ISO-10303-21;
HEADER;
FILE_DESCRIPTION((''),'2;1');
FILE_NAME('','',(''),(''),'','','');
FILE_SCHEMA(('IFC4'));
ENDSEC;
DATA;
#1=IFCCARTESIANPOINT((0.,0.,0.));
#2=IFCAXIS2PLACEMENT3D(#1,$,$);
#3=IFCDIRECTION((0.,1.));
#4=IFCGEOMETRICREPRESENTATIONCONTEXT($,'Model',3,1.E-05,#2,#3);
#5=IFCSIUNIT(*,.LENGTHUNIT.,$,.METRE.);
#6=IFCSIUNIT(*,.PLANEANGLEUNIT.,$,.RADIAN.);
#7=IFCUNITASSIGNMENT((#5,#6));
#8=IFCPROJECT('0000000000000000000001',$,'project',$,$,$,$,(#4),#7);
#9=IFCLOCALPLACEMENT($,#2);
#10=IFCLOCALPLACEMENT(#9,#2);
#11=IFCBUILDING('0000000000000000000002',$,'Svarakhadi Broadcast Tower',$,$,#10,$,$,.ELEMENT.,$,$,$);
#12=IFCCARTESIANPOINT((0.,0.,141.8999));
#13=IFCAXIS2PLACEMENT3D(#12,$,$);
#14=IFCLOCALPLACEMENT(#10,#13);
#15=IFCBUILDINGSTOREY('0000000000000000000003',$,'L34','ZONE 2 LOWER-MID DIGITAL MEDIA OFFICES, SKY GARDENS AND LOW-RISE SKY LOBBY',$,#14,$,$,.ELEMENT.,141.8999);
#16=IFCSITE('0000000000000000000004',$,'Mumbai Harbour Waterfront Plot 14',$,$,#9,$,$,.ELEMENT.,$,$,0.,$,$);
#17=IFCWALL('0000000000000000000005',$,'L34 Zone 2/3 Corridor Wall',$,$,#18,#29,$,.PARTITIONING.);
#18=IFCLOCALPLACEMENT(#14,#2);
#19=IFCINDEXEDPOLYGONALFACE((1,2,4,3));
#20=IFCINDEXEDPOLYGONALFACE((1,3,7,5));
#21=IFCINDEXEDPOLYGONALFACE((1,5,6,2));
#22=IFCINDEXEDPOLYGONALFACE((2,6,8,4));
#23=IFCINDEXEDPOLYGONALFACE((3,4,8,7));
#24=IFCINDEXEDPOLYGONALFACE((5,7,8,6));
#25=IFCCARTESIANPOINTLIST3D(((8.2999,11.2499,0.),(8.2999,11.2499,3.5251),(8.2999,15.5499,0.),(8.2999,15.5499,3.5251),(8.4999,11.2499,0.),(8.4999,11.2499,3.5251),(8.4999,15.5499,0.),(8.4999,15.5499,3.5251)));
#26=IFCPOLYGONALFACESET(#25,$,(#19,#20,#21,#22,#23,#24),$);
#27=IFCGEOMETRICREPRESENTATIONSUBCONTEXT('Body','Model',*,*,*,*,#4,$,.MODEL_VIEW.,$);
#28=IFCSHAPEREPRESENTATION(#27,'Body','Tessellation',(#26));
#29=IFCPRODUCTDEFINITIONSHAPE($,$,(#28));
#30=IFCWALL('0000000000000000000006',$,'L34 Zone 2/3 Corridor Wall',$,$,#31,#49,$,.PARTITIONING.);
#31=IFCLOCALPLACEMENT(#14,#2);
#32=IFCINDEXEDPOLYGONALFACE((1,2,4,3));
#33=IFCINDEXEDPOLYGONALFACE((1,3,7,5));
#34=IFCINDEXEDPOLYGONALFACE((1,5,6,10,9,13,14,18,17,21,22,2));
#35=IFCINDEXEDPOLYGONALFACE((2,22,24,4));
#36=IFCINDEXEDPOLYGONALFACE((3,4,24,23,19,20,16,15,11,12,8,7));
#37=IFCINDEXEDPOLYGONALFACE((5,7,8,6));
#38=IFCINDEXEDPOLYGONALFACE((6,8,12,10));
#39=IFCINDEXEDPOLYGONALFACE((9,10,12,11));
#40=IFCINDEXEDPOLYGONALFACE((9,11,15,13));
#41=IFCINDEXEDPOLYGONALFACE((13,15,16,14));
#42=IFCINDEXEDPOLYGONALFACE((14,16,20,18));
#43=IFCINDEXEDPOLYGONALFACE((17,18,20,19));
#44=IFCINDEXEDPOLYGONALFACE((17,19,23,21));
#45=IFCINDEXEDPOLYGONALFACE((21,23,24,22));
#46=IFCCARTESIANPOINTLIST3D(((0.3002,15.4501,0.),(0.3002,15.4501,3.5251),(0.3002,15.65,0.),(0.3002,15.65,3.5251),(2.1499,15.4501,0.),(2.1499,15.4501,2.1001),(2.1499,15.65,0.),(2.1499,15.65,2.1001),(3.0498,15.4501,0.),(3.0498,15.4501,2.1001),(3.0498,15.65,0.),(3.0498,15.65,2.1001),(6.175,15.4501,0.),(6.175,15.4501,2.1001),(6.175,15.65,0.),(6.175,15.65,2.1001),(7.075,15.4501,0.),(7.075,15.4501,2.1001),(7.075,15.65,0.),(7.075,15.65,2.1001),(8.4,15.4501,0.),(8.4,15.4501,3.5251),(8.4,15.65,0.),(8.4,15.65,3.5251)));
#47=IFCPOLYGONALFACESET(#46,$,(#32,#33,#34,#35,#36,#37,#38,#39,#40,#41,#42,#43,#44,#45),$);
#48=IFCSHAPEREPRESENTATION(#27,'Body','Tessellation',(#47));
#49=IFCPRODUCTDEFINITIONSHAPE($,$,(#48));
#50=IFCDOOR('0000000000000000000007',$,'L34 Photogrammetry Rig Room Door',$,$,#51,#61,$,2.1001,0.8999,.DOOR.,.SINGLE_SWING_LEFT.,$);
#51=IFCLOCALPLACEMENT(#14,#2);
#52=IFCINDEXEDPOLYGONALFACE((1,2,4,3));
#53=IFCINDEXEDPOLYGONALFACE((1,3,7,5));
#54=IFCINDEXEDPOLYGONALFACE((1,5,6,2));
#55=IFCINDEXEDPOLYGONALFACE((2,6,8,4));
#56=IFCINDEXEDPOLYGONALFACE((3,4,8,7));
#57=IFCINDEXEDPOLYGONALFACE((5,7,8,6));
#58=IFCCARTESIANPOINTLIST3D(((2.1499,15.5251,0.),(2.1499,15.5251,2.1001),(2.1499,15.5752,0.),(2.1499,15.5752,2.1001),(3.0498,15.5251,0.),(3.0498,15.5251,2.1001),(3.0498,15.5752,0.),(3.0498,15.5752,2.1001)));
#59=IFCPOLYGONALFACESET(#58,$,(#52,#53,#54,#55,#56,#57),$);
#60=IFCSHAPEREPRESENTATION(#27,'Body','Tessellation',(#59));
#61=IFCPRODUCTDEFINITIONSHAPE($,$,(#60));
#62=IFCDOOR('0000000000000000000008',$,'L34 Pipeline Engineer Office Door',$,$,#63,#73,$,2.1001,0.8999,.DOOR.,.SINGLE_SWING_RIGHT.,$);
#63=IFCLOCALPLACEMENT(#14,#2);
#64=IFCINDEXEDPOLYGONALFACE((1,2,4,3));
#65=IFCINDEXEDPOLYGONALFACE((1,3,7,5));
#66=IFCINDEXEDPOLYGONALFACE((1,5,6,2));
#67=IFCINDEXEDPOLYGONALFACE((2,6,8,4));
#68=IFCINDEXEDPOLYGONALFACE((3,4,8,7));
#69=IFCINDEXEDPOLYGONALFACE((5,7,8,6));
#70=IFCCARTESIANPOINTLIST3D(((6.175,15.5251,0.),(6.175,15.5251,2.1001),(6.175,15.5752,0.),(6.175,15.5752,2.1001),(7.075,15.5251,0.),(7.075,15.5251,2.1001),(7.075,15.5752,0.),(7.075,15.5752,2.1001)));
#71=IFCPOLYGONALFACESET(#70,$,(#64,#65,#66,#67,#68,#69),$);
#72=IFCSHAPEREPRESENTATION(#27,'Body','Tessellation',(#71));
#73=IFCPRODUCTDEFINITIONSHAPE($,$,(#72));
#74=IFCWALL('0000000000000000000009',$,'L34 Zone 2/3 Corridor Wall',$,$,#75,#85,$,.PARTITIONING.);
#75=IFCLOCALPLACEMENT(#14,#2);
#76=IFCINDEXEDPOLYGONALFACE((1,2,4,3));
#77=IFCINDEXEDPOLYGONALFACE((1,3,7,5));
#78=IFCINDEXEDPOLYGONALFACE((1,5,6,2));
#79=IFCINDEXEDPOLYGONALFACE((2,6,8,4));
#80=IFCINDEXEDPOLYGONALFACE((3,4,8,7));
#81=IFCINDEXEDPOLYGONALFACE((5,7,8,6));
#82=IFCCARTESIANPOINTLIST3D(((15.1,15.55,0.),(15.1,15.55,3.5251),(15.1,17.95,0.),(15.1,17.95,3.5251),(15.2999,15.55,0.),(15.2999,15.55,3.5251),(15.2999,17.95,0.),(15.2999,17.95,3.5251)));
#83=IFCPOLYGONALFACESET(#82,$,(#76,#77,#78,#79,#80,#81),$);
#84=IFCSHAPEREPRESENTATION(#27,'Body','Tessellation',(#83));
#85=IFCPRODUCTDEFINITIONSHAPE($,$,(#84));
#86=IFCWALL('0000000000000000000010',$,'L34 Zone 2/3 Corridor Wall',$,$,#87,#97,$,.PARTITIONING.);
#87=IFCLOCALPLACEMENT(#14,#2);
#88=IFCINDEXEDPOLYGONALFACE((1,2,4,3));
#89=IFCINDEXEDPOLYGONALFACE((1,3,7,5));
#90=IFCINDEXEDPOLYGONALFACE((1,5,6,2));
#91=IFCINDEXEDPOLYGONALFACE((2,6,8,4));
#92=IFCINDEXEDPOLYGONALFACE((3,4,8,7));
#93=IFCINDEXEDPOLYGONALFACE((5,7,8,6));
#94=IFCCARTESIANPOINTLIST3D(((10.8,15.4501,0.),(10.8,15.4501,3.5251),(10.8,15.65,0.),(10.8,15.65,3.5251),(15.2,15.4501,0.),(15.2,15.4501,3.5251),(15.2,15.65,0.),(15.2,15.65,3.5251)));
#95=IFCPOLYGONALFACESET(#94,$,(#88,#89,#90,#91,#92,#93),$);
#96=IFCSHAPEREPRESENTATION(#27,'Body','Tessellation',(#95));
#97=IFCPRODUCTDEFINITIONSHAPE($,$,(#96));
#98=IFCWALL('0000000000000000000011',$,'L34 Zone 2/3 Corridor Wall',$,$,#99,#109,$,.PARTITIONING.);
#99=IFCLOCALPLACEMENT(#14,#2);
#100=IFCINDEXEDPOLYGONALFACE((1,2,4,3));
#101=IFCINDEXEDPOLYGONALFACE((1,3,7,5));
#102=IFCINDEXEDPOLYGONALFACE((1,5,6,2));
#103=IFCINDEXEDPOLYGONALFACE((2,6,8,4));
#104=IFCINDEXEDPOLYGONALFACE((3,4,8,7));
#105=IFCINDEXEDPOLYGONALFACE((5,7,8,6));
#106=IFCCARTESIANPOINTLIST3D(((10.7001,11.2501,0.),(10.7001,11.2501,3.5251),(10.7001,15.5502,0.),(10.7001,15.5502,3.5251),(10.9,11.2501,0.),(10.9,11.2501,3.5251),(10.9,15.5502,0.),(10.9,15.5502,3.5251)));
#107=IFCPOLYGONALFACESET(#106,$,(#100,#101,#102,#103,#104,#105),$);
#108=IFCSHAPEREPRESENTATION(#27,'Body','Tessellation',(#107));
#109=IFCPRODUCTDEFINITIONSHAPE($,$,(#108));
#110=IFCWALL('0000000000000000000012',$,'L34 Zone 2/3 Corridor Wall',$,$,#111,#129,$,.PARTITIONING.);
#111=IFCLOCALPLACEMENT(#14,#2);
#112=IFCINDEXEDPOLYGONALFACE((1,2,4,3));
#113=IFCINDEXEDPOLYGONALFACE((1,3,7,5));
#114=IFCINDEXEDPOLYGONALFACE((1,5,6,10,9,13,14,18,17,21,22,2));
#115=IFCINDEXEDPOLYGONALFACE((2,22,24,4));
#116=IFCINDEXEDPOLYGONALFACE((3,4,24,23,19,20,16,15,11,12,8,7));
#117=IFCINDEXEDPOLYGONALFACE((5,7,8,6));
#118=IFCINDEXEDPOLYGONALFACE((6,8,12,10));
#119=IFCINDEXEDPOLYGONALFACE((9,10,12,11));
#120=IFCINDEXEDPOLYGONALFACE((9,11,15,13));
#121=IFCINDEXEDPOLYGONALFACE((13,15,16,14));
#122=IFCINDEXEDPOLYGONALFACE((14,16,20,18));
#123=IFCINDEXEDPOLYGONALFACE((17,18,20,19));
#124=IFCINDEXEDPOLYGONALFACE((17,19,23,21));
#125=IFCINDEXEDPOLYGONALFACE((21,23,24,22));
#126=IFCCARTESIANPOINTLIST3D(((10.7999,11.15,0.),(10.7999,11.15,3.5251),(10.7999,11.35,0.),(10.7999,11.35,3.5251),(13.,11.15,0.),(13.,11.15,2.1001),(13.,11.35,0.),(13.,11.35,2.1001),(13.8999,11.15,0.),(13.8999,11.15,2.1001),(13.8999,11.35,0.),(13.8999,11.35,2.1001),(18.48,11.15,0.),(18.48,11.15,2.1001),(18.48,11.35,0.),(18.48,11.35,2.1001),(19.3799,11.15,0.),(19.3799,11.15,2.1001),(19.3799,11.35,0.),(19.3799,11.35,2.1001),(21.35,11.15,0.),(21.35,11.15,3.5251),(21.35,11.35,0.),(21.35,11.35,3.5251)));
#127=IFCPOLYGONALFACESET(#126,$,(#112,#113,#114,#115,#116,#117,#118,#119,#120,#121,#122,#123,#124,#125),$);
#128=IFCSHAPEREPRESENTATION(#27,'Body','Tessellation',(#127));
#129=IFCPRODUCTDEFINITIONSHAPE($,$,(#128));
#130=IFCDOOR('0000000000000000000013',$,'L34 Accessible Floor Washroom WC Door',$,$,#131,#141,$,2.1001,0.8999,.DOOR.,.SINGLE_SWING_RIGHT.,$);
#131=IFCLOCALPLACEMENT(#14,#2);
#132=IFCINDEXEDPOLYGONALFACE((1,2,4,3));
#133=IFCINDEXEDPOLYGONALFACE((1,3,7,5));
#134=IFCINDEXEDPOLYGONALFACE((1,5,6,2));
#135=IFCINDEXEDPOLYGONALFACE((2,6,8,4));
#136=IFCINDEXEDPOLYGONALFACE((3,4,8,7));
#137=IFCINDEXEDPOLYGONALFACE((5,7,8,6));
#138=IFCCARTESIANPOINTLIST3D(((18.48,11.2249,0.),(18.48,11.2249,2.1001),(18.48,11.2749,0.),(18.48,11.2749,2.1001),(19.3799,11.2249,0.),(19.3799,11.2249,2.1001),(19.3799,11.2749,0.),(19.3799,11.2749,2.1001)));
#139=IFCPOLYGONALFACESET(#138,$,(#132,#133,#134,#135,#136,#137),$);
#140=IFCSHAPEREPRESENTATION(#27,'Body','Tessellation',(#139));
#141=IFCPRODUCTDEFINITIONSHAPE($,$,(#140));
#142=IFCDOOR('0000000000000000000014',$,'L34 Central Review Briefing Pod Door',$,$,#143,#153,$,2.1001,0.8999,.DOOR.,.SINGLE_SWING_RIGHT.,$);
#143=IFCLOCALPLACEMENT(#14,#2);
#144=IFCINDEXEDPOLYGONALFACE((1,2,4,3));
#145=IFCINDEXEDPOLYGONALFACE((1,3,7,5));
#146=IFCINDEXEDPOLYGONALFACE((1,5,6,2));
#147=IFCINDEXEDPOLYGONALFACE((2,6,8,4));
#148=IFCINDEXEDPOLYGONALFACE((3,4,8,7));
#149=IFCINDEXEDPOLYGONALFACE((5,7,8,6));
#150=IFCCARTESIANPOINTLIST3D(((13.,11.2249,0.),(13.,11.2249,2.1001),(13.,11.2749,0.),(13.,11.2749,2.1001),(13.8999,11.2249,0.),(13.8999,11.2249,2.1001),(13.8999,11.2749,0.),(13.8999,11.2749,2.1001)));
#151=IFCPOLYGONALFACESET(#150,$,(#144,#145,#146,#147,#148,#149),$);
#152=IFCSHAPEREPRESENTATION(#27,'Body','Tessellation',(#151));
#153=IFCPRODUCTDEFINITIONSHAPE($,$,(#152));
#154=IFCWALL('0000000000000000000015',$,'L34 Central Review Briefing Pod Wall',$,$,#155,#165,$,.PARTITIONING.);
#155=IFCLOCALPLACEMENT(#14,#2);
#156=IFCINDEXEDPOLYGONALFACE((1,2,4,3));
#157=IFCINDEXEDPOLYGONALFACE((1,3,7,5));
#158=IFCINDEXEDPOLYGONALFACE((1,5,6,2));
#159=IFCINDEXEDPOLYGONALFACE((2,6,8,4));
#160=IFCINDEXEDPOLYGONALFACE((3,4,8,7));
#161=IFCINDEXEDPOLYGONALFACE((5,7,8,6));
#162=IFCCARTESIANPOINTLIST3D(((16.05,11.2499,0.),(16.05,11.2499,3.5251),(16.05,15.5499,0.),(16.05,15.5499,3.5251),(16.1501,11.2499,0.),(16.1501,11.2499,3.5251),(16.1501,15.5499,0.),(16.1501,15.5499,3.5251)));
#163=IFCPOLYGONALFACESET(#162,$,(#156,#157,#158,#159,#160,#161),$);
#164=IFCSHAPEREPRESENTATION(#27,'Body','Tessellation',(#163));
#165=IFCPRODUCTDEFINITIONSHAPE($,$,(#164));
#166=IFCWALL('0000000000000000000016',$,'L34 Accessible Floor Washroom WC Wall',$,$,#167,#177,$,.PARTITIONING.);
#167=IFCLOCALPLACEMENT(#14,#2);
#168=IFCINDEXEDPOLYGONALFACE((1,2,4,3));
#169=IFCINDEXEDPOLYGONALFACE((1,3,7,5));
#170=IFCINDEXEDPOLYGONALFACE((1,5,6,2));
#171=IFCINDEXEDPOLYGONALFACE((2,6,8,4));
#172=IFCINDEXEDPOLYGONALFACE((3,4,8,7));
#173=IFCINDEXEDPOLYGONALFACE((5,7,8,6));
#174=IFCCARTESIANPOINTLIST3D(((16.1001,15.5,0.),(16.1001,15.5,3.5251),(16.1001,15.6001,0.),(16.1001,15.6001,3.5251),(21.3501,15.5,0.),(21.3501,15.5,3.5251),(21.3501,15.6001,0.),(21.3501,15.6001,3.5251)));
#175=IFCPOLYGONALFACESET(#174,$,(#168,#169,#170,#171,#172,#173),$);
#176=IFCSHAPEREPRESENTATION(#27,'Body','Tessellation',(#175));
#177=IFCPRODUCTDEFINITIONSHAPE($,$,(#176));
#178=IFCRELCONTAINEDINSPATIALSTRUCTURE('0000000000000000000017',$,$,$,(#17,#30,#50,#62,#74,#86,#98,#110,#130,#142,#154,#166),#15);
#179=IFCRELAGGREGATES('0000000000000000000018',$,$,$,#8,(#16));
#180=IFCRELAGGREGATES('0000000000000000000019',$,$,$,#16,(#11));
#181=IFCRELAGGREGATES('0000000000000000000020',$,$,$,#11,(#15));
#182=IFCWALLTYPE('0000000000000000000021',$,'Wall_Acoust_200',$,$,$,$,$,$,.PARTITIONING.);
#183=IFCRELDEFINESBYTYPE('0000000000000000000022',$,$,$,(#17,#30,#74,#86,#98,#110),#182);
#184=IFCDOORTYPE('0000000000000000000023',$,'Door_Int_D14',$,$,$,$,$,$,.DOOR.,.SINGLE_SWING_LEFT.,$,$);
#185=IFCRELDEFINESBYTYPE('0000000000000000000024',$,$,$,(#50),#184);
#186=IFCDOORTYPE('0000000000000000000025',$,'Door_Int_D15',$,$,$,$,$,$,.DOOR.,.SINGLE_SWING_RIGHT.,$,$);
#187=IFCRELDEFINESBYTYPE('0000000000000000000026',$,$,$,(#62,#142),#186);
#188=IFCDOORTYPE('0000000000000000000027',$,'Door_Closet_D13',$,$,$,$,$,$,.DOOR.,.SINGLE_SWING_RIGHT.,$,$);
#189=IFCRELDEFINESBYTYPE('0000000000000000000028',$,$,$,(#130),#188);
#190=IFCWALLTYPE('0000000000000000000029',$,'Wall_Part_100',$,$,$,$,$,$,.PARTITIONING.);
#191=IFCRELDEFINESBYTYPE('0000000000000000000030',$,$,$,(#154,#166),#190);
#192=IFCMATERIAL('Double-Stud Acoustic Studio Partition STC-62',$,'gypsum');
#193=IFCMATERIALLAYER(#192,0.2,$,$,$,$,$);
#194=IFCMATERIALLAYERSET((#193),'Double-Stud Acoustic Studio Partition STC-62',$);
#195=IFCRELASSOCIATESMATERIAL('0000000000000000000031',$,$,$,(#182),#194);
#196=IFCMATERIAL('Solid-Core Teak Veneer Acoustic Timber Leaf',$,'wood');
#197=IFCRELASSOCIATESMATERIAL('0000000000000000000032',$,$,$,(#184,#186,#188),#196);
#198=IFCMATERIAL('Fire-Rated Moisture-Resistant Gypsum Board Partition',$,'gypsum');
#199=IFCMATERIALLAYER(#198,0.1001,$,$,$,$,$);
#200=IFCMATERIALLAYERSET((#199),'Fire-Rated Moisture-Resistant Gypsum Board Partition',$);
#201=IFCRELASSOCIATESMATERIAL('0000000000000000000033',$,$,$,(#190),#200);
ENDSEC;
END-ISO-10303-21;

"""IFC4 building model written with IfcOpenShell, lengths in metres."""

from ifc_helpers import new_model, si_unit, direction, frame, frame_2d, origin, place, context, subcontext, project, spatial, rectangle, extrude, material, layer, layer_set, type_object, element, fill, save


model = new_model("IFC4")

# Units and contexts
model_context = context("Model", 3, precision=1e-05, world=origin(), true_north=direction((0.0, 1.0)))
body_context = subcontext(model_context, "Body", "Model", "MODEL_VIEW")
ifc_project = project(units=[si_unit("LENGTHUNIT", "METRE"), si_unit("PLANEANGLEUNIT", "RADIAN")], contexts=[model_context])

# Site, building, storey
site_placement = place(None, origin())
site = spatial("IfcSite", under=ifc_project, at=site_placement, Name="Mumbai Harbour Waterfront Plot 14", CompositionType="ELEMENT", RefElevation=0.0)
building_placement = place(site_placement, origin())
building = spatial("IfcBuilding", under=site, at=building_placement, Name="Svarakhadi Broadcast Tower", CompositionType="ELEMENT")
storey_placement = place(building_placement, frame((0.0, 0.0, 141.8999)))
storey = spatial("IfcBuildingStorey", under=building, at=storey_placement, Name="L34", Description="ZONE 2 LOWER-MID DIGITAL MEDIA OFFICES, SKY GARDENS AND LOW-RISE SKY LOBBY", CompositionType="ELEMENT", Elevation=141.8999)

# Wall
ifc_material_1 = material(Name="Double-Stud Acoustic Studio Partition STC-62", Category="gypsum")
ifc_layer_1 = layer(ifc_material_1, 0.2)
ifc_layer_set_1 = layer_set([ifc_layer_1], Name="Double-Stud Acoustic Studio Partition STC-62")
wall_type_1 = type_object("IfcWallType", Name="Wall_Acoust_200", PredefinedType="PARTITIONING", material=ifc_layer_set_1)
wall_1_placement = place(storey_placement, frame((8.3999, 11.25, 0.0), z_axis=(0.0, 0.0, 1.0), x_axis=(0.0, 1.0, 0.0)))
element("IfcWall", 1, at=wall_1_placement, inside=storey, type_object=wall_type_1, Name="L34 Zone 2/3 Corridor Wall", PredefinedType="PARTITIONING", context=body_context, shape_type="SweptSolid", body=[
    extrude(rectangle(XDim=4.3, YDim=0.2, at=frame_2d((2.1499, 0.0))), origin(), (0.0, 0.0, 1.0), 3.5251),
])

# Wall, openings, doors
wall_2_placement = place(storey_placement, frame((8.3999, 15.55, 0.0), z_axis=(0.0, 0.0, 1.0), x_axis=(-1.0, 0.0, 0.0)))
wall_2 = element("IfcWall", 2, at=wall_2_placement, inside=storey, type_object=wall_type_1, Name="L34 Zone 2/3 Corridor Wall", PredefinedType="PARTITIONING", context=body_context, shape_type="SweptSolid", body=[
    extrude(rectangle(XDim=8.0999, YDim=0.2, at=frame_2d((4.0498, 0.0))), origin(), (0.0, 0.0, 1.0), 3.5251),
])
opening_1_placement = place(wall_2_placement, frame((5.3501, 0.0, 0.0)))
opening_1 = element("IfcOpeningElement", 3, at=opening_1_placement, cuts=wall_2, PredefinedType="OPENING", context=body_context, shape_type="SweptSolid", body=[
    extrude(rectangle(XDim=0.8999, YDim=2.1001, at=frame_2d((0.45, 1.05))), frame((0.0, 0.1099, 0.0), z_axis=(0.0, -1.0, 0.0), x_axis=(1.0, 0.0, 0.0)), (0.0, 0.0, 1.0), 0.22),
])
opening_2_placement = place(wall_2_placement, frame((1.325, 0.0, 0.0)))
opening_2 = element("IfcOpeningElement", 4, at=opening_2_placement, cuts=wall_2, PredefinedType="OPENING", context=body_context, shape_type="SweptSolid", body=[
    extrude(rectangle(XDim=0.8999, YDim=2.1001, at=frame_2d((0.45, 1.05))), frame((0.0, 0.1099, 0.0), z_axis=(0.0, -1.0, 0.0), x_axis=(1.0, 0.0, 0.0)), (0.0, 0.0, 1.0), 0.22),
])
ifc_material_2 = material(Name="Solid-Core Teak Veneer Acoustic Timber Leaf", Category="wood")
door_type_1 = type_object("IfcDoorType", Name="Door_Int_D14", OperationType="SINGLE_SWING_LEFT", PredefinedType="DOOR", material=ifc_material_2)
door_1_placement = place(opening_1_placement, origin())
door_1 = element("IfcDoor", 5, at=door_1_placement, inside=storey, type_object=door_type_1, Name="L34 Photogrammetry Rig Room Door", OperationType="SINGLE_SWING_LEFT", OverallHeight=2.1001, OverallWidth=0.8999, PredefinedType="DOOR", context=body_context, shape_type="SweptSolid", body=[
    extrude(rectangle(XDim=0.8999, YDim=2.1001, at=frame_2d((0.45, 1.05))), frame((0.0, 0.0249, 0.0), z_axis=(0.0, -1.0, 0.0), x_axis=(1.0, 0.0, 0.0)), (0.0, 0.0, 1.0), 0.05),
])
fill(opening_1, door_1)
door_type_2 = type_object("IfcDoorType", Name="Door_Int_D15", OperationType="SINGLE_SWING_RIGHT", PredefinedType="DOOR", material=ifc_material_2)
door_2_placement = place(opening_2_placement, origin())
door_2 = element("IfcDoor", 6, at=door_2_placement, inside=storey, type_object=door_type_2, Name="L34 Pipeline Engineer Office Door", OperationType="SINGLE_SWING_RIGHT", OverallHeight=2.1001, OverallWidth=0.8999, PredefinedType="DOOR", context=body_context, shape_type="SweptSolid", body=[
    extrude(rectangle(XDim=0.8999, YDim=2.1001, at=frame_2d((0.45, 1.05))), frame((0.0, 0.0249, 0.0), z_axis=(0.0, -1.0, 0.0), x_axis=(1.0, 0.0, 0.0)), (0.0, 0.0, 1.0), 0.05),
])
fill(opening_2, door_2)

# Walls
wall_3_placement = place(storey_placement, frame((15.2, 17.95, 0.0), z_axis=(0.0, 0.0, 1.0), x_axis=(0.0, -1.0, 0.0)))
element("IfcWall", 7, at=wall_3_placement, inside=storey, type_object=wall_type_1, Name="L34 Zone 2/3 Corridor Wall", PredefinedType="PARTITIONING", context=body_context, shape_type="SweptSolid", body=[
    extrude(rectangle(XDim=2.3999, YDim=0.2, at=frame_2d((1.2, 0.0))), origin(), (0.0, 0.0, 1.0), 3.5251),
])
wall_4_placement = place(storey_placement, frame((15.2, 15.55, 0.0), z_axis=(0.0, 0.0, 1.0), x_axis=(-1.0, 0.0, 0.0)))
element("IfcWall", 8, at=wall_4_placement, inside=storey, type_object=wall_type_1, Name="L34 Zone 2/3 Corridor Wall", PredefinedType="PARTITIONING", context=body_context, shape_type="SweptSolid", body=[
    extrude(rectangle(XDim=4.3999, YDim=0.2, at=frame_2d((2.2, 0.0))), origin(), (0.0, 0.0, 1.0), 3.5251),
])
wall_5_placement = place(storey_placement, frame((10.8, 15.55, 0.0), z_axis=(0.0, 0.0, 1.0), x_axis=(0.0, -1.0, 0.0)))
element("IfcWall", 9, at=wall_5_placement, inside=storey, type_object=wall_type_1, Name="L34 Zone 2/3 Corridor Wall", PredefinedType="PARTITIONING", context=body_context, shape_type="SweptSolid", body=[
    extrude(rectangle(XDim=4.3, YDim=0.2, at=frame_2d((2.1499, 0.0))), origin(), (0.0, 0.0, 1.0), 3.5251),
])

# Wall, openings, doors
wall_6_placement = place(storey_placement, frame((10.8, 11.25, 0.0), z_axis=(0.0, 0.0, 1.0), x_axis=(1.0, 0.0, 0.0)))
wall_6 = element("IfcWall", 10, at=wall_6_placement, inside=storey, type_object=wall_type_1, Name="L34 Zone 2/3 Corridor Wall", PredefinedType="PARTITIONING", context=body_context, shape_type="SweptSolid", body=[
    extrude(rectangle(XDim=10.55, YDim=0.2, at=frame_2d((5.2749, 0.0))), origin(), (0.0, 0.0, 1.0), 3.5251),
])
opening_3_placement = place(wall_6_placement, frame((2.2, 0.0, 0.0)))
opening_3 = element("IfcOpeningElement", 11, at=opening_3_placement, cuts=wall_6, PredefinedType="OPENING", context=body_context, shape_type="SweptSolid", body=[
    extrude(rectangle(XDim=0.8999, YDim=2.1001, at=frame_2d((0.45, 1.05))), frame((0.0, 0.1099, 0.0), z_axis=(0.0, -1.0, 0.0), x_axis=(1.0, 0.0, 0.0)), (0.0, 0.0, 1.0), 0.22),
])
opening_4_placement = place(wall_6_placement, frame((7.6799, 0.0, 0.0)))
opening_4 = element("IfcOpeningElement", 12, at=opening_4_placement, cuts=wall_6, PredefinedType="OPENING", context=body_context, shape_type="SweptSolid", body=[
    extrude(rectangle(XDim=0.8999, YDim=2.1001, at=frame_2d((0.45, 1.05))), frame((0.0, 0.1099, 0.0), z_axis=(0.0, -1.0, 0.0), x_axis=(1.0, 0.0, 0.0)), (0.0, 0.0, 1.0), 0.22),
])
door_type_3 = type_object("IfcDoorType", Name="Door_Closet_D13", OperationType="SINGLE_SWING_RIGHT", PredefinedType="DOOR", material=ifc_material_2)
door_3_placement = place(opening_4_placement, origin())
door_3 = element("IfcDoor", 13, at=door_3_placement, inside=storey, type_object=door_type_3, Name="L34 Accessible Floor Washroom WC Door", OperationType="SINGLE_SWING_RIGHT", OverallHeight=2.1001, OverallWidth=0.8999, PredefinedType="DOOR", context=body_context, shape_type="SweptSolid", body=[
    extrude(rectangle(XDim=0.8999, YDim=2.1001, at=frame_2d((0.45, 1.05))), frame((0.0, 0.0249, 0.0), z_axis=(0.0, -1.0, 0.0), x_axis=(1.0, 0.0, 0.0)), (0.0, 0.0, 1.0), 0.05),
])
fill(opening_4, door_3)
door_4_placement = place(opening_3_placement, origin())
door_4 = element("IfcDoor", 14, at=door_4_placement, inside=storey, type_object=door_type_2, Name="L34 Central Review Briefing Pod Door", OperationType="SINGLE_SWING_RIGHT", OverallHeight=2.1001, OverallWidth=0.8999, PredefinedType="DOOR", context=body_context, shape_type="SweptSolid", body=[
    extrude(rectangle(XDim=0.8999, YDim=2.1001, at=frame_2d((0.45, 1.05))), frame((0.0, 0.0249, 0.0), z_axis=(0.0, -1.0, 0.0), x_axis=(1.0, 0.0, 0.0)), (0.0, 0.0, 1.0), 0.05),
])
fill(opening_3, door_4)

# Walls
ifc_material_3 = material(Name="Fire-Rated Moisture-Resistant Gypsum Board Partition", Category="gypsum")
ifc_layer_2 = layer(ifc_material_3, 0.1001)
ifc_layer_set_2 = layer_set([ifc_layer_2], Name="Fire-Rated Moisture-Resistant Gypsum Board Partition")
wall_type_2 = type_object("IfcWallType", Name="Wall_Part_100", PredefinedType="PARTITIONING", material=ifc_layer_set_2)
wall_7_placement = place(storey_placement, frame((16.1001, 11.25, 0.0), z_axis=(0.0, 0.0, 1.0), x_axis=(0.0, 1.0, 0.0)))
element("IfcWall", 15, at=wall_7_placement, inside=storey, type_object=wall_type_2, Name="L34 Central Review Briefing Pod Wall", PredefinedType="PARTITIONING", context=body_context, shape_type="SweptSolid", body=[
    extrude(rectangle(XDim=4.3, YDim=0.1001, at=frame_2d((2.1499, 0.0))), origin(), (0.0, 0.0, 1.0), 3.5251),
])
wall_8_placement = place(storey_placement, frame((16.1001, 15.55, 0.0), z_axis=(0.0, 0.0, 1.0), x_axis=(1.0, 0.0, 0.0)))
element("IfcWall", 16, at=wall_8_placement, inside=storey, type_object=wall_type_2, Name="L34 Accessible Floor Washroom WC Wall", PredefinedType="PARTITIONING", context=body_context, shape_type="SweptSolid", body=[
    extrude(rectangle(XDim=5.25, YDim=0.1001, at=frame_2d((2.625, 0.0))), origin(), (0.0, 0.0, 1.0), 3.5251),
])

save(model, "model.ifc")
